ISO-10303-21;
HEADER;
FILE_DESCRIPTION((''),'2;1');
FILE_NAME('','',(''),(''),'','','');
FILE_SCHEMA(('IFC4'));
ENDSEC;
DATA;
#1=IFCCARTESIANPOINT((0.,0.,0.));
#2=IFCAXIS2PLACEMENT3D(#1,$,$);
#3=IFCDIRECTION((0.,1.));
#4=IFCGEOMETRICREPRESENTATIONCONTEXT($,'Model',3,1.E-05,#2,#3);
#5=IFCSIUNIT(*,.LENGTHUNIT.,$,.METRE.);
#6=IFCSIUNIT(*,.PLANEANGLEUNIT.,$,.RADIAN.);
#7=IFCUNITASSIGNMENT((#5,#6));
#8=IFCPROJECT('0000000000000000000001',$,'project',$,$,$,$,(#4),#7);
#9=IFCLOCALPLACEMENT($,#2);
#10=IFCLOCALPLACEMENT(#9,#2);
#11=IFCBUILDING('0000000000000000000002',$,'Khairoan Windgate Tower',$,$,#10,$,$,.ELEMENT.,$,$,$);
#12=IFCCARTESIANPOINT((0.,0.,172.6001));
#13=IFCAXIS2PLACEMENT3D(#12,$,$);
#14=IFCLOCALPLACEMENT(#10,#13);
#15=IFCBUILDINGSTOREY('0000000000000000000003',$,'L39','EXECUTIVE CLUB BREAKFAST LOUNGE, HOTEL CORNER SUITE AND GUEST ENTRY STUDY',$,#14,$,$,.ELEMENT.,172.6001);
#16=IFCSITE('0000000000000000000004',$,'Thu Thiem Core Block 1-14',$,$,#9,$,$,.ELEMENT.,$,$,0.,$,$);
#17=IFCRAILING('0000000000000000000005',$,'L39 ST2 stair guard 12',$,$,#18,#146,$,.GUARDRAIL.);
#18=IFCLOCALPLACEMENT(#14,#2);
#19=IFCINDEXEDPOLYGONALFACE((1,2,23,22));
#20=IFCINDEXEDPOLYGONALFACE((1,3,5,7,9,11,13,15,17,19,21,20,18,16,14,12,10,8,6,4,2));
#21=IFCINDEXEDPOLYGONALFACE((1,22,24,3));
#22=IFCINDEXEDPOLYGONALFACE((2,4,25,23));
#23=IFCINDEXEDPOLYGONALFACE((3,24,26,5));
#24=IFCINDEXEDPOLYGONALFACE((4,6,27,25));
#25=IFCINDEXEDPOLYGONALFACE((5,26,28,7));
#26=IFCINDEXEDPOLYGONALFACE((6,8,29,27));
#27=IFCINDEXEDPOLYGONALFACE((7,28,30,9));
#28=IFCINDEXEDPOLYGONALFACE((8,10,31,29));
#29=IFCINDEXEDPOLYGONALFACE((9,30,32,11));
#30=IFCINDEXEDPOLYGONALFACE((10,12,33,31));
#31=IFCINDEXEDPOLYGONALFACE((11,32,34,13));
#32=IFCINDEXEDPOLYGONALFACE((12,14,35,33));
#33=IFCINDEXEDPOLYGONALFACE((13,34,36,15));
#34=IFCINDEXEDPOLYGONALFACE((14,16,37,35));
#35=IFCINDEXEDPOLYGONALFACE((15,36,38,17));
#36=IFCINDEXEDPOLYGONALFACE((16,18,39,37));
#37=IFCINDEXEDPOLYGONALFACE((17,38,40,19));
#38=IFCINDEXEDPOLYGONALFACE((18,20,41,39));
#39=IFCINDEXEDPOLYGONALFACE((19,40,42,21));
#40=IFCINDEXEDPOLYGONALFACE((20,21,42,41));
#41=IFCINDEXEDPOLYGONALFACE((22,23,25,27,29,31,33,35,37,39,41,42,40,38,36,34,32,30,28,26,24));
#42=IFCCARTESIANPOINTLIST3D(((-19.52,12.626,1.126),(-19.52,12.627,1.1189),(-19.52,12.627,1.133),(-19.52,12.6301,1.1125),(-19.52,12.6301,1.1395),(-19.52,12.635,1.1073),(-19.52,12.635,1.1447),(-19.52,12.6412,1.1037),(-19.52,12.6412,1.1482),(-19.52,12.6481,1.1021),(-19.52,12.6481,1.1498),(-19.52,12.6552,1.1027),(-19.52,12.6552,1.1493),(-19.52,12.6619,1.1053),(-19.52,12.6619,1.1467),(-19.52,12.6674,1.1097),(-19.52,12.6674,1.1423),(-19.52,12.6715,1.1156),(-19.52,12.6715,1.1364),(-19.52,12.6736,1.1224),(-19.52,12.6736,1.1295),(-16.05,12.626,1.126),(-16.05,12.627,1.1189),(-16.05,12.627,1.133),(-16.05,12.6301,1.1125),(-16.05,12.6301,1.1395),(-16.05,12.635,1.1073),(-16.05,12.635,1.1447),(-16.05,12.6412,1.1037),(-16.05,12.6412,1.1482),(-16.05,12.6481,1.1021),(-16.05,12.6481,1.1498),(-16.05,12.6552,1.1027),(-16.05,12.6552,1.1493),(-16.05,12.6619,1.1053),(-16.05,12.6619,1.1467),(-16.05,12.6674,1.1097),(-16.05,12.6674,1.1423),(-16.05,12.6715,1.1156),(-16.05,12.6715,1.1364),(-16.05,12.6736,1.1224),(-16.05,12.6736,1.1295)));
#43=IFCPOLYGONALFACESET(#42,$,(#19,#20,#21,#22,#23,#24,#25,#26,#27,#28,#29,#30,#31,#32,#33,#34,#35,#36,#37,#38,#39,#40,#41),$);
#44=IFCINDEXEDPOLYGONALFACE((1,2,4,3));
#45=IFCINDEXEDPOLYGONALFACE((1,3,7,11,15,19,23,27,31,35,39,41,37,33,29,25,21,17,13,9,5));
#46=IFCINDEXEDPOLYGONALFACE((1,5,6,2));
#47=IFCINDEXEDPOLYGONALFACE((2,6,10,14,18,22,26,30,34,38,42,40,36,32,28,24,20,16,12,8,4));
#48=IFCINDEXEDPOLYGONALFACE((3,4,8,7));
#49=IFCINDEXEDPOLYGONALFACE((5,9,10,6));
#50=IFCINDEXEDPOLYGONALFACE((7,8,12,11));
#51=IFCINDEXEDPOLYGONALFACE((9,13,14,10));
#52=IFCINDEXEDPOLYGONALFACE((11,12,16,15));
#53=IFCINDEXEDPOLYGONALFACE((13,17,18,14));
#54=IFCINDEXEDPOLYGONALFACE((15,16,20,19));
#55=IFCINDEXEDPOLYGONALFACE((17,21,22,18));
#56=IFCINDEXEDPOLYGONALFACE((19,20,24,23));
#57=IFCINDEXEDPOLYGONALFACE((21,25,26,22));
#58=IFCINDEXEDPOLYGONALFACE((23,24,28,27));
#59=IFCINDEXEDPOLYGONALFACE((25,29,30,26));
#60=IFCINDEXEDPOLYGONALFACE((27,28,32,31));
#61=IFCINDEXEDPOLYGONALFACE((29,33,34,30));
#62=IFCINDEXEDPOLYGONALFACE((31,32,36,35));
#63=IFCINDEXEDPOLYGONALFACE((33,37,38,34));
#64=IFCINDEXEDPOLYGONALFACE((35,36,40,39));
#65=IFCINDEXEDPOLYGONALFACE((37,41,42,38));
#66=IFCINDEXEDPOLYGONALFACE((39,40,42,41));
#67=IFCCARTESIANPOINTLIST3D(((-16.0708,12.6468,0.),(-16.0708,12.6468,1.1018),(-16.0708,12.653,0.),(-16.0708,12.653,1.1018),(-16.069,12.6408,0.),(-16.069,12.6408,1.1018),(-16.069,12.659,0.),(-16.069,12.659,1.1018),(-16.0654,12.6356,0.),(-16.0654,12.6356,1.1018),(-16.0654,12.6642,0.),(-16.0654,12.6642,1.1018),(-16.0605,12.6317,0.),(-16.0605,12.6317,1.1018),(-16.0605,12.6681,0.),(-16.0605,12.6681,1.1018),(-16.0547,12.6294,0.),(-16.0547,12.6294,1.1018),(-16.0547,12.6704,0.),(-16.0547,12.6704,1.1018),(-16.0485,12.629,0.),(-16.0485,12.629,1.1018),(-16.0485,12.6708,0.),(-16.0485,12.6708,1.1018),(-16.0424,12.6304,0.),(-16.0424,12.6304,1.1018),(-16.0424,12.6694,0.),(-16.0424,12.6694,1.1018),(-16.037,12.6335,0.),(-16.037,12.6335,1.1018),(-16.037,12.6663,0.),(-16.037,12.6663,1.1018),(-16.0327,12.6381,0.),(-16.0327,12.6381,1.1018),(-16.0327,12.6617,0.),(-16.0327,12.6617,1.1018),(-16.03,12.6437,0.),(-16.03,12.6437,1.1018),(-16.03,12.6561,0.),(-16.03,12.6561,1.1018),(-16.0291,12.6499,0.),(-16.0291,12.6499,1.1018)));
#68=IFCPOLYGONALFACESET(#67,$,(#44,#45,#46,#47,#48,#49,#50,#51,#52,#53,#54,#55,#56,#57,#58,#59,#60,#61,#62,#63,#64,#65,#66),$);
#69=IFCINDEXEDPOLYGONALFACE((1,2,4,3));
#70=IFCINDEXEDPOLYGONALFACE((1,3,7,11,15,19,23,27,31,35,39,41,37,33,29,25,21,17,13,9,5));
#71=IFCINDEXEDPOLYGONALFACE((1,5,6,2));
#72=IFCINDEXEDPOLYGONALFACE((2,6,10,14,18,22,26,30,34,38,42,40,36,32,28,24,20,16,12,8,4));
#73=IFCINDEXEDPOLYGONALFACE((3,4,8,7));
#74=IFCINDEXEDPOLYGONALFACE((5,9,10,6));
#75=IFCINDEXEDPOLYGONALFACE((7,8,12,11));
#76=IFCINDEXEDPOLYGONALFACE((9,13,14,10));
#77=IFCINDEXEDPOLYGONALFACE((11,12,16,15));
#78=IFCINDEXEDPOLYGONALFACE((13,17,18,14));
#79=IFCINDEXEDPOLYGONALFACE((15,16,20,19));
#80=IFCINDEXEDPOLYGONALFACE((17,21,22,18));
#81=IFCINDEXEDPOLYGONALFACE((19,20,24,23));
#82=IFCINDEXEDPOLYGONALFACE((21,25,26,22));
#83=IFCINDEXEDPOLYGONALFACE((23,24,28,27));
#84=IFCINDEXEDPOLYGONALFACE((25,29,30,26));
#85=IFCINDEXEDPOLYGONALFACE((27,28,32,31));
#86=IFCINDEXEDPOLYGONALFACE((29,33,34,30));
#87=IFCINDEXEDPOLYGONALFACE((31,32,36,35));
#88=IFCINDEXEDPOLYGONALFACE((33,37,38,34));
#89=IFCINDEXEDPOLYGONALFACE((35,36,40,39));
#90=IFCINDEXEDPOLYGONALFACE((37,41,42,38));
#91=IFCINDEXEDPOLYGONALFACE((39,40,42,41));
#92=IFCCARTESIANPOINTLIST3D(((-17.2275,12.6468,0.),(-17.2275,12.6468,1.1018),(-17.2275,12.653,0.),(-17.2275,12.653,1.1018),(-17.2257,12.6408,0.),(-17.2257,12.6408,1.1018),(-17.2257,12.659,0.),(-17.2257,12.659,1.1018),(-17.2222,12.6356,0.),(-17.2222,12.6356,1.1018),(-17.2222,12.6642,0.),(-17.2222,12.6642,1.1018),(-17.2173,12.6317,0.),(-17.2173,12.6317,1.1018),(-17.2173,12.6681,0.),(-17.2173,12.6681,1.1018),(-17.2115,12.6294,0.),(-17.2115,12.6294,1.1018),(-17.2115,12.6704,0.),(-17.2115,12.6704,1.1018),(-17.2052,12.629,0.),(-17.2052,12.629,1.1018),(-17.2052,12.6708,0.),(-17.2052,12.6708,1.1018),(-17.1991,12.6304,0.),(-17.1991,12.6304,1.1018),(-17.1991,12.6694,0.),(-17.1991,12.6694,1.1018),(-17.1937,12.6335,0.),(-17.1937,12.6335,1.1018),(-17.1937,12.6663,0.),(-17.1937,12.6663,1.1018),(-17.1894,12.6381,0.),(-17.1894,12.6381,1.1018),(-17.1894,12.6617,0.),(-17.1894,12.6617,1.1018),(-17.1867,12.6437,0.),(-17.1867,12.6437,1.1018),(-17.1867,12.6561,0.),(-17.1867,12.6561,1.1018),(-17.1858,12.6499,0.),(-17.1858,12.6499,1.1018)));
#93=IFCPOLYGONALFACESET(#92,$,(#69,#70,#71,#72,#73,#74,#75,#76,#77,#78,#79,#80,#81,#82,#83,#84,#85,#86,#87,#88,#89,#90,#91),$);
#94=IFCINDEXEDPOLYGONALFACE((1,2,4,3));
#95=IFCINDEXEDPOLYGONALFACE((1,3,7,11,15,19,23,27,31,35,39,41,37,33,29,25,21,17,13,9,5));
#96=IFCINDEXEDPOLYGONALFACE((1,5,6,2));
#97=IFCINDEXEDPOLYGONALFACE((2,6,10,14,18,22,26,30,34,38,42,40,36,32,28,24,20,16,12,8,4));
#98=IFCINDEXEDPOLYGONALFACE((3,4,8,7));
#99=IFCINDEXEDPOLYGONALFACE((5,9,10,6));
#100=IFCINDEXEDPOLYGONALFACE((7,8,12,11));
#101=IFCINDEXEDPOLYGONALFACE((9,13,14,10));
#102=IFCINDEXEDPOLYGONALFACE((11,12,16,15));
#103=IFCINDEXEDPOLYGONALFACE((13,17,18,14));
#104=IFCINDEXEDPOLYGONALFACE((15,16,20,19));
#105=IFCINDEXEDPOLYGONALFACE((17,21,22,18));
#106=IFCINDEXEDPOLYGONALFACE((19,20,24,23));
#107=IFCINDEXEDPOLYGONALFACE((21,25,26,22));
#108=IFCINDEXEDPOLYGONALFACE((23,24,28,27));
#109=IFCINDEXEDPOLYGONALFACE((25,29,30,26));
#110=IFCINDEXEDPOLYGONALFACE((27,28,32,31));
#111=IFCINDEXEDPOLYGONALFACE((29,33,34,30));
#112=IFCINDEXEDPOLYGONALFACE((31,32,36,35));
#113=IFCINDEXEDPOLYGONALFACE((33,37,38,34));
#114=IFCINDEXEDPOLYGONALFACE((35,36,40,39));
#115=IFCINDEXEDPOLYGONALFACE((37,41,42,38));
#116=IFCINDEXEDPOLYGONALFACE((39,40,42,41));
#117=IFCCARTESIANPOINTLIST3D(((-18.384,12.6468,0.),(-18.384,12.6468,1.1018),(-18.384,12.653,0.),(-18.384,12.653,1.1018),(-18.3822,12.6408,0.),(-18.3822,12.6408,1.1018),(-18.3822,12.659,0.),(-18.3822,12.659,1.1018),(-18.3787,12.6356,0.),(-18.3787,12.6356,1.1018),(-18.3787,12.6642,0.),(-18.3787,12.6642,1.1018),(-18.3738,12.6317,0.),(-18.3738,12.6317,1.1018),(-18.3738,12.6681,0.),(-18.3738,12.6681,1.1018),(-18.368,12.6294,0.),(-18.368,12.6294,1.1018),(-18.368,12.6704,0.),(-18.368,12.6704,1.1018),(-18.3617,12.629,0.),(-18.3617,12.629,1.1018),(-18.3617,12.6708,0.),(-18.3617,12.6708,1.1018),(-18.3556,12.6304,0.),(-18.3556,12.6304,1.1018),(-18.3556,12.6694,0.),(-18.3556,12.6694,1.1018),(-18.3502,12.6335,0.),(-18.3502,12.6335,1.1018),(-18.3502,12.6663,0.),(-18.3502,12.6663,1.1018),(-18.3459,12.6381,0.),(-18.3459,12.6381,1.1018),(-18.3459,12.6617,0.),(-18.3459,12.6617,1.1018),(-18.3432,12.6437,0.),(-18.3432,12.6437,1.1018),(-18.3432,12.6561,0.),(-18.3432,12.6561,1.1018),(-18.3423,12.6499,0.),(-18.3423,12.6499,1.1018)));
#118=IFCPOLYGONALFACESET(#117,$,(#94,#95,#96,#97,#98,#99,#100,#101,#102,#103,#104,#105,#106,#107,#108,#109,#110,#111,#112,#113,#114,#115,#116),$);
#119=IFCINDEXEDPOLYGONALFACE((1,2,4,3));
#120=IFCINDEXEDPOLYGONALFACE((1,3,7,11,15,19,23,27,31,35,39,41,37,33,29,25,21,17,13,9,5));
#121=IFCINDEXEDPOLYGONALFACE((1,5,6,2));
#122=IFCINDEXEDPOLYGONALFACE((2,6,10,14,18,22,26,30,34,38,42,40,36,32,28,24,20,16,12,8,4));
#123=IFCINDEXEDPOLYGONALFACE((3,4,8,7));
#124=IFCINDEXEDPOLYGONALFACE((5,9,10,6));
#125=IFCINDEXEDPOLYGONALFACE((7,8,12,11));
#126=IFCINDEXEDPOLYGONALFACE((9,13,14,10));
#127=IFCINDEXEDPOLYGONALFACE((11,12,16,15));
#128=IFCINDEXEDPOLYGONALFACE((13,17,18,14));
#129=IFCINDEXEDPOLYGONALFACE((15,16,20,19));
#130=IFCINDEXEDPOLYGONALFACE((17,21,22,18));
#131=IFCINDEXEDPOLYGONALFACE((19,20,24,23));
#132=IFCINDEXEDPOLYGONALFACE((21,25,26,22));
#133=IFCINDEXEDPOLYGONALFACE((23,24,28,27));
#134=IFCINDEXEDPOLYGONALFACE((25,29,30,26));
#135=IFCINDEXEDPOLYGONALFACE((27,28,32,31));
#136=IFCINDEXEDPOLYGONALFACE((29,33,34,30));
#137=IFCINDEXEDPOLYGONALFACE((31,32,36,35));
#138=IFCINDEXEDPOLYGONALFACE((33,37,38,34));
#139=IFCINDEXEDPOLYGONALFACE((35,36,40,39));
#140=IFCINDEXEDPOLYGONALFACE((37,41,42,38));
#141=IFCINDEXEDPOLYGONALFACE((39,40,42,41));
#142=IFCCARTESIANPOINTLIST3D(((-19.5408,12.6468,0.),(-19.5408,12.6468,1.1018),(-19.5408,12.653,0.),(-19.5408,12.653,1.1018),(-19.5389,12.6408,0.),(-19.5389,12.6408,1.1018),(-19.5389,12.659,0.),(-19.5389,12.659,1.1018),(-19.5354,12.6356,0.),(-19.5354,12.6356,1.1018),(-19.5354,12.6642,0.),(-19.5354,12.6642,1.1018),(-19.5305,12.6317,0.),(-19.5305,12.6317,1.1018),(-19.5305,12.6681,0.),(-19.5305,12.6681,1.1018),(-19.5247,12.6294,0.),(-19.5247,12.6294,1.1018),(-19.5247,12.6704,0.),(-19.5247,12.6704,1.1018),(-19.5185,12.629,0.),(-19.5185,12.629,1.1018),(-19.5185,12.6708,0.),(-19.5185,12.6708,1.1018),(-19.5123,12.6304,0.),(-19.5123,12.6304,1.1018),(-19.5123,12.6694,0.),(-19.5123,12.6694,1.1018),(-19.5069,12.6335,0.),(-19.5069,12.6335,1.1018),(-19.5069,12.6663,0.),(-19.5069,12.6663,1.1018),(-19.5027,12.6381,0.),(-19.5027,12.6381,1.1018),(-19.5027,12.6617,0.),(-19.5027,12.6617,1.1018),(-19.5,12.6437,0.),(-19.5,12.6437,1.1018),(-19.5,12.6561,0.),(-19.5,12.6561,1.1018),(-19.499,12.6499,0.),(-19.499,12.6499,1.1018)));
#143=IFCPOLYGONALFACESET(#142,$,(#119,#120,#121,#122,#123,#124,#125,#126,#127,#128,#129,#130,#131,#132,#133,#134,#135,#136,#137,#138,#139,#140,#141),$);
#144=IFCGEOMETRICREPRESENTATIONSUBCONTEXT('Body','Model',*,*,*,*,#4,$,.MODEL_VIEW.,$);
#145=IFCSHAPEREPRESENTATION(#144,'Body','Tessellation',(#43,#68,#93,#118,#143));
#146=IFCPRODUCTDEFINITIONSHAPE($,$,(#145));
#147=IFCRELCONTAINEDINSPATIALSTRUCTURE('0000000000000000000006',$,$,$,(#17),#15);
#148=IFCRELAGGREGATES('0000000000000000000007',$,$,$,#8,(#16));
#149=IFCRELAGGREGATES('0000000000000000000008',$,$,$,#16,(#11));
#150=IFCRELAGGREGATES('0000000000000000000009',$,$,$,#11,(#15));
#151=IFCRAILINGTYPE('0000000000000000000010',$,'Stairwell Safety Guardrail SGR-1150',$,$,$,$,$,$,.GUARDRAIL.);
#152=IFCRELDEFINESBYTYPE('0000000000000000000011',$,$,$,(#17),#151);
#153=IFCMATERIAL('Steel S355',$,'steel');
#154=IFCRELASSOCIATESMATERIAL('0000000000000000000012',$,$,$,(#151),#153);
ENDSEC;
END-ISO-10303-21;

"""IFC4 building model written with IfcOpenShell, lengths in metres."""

from ifc_helpers import new_model, si_unit, direction, frame, origin, origin_2d, place, context, subcontext, project, spatial, circle, extrude, material, type_object, element, save


model = new_model("IFC4")

# Units and contexts
model_context = context("Model", 3, precision=1e-05, world=origin(), true_north=direction((0.0, 1.0)))
body_context = subcontext(model_context, "Body", "Model", "MODEL_VIEW")
ifc_project = project(units=[si_unit("LENGTHUNIT", "METRE"), si_unit("PLANEANGLEUNIT", "RADIAN")], contexts=[model_context])

# Site, building, storey
site_placement = place(None, origin())
site = spatial("IfcSite", under=ifc_project, at=site_placement, Name="Thu Thiem Core Block 1-14", CompositionType="ELEMENT", RefElevation=0.0)
building_placement = place(site_placement, origin())
building = spatial("IfcBuilding", under=site, at=building_placement, Name="Khairoan Windgate Tower", CompositionType="ELEMENT")
storey_placement = place(building_placement, frame((0.0, 0.0, 172.6001)))
storey = spatial("IfcBuildingStorey", under=building, at=storey_placement, Name="L39", Description="EXECUTIVE CLUB BREAKFAST LOUNGE, HOTEL CORNER SUITE AND GUEST ENTRY STUDY", CompositionType="ELEMENT", Elevation=172.6001)

# Railing
ifc_material_1 = material(Name="Steel S355", Category="steel")
railing_type = type_object("IfcRailingType", Name="Stairwell Safety Guardrail SGR-1150", PredefinedType="GUARDRAIL", material=ifc_material_1)
railing_1_placement = place(storey_placement, frame((-16.05, 12.6499, 0.0)))
element("IfcRailing", 1, at=railing_1_placement, inside=storey, type_object=railing_type, Name="L39 ST2 stair guard 12", PredefinedType="GUARDRAIL", context=body_context, shape_type="SweptSolid", body=[
    extrude(circle(Radius=0.0239, at=origin_2d()), frame((0.0, 0.0, 1.126), z_axis=(-1.0, 0.0, 0.0), x_axis=(0.0, -1.0, 0.0)), (0.0, 0.0, 1.0), 3.47),
    extrude(circle(Radius=0.021, at=origin_2d()), origin(), (0.0, 0.0, 1.0), 1.1018),
    extrude(circle(Radius=0.021, at=origin_2d()), frame((-1.1567, 0.0, 0.0)), (0.0, 0.0, 1.0), 1.1018),
    extrude(circle(Radius=0.021, at=origin_2d()), frame((-2.3132, 0.0, 0.0)), (0.0, 0.0, 1.0), 1.1018),
    extrude(circle(Radius=0.021, at=origin_2d()), frame((-3.47, 0.0, 0.0)), (0.0, 0.0, 1.0), 1.1018),
])

save(model, "model.ifc")
